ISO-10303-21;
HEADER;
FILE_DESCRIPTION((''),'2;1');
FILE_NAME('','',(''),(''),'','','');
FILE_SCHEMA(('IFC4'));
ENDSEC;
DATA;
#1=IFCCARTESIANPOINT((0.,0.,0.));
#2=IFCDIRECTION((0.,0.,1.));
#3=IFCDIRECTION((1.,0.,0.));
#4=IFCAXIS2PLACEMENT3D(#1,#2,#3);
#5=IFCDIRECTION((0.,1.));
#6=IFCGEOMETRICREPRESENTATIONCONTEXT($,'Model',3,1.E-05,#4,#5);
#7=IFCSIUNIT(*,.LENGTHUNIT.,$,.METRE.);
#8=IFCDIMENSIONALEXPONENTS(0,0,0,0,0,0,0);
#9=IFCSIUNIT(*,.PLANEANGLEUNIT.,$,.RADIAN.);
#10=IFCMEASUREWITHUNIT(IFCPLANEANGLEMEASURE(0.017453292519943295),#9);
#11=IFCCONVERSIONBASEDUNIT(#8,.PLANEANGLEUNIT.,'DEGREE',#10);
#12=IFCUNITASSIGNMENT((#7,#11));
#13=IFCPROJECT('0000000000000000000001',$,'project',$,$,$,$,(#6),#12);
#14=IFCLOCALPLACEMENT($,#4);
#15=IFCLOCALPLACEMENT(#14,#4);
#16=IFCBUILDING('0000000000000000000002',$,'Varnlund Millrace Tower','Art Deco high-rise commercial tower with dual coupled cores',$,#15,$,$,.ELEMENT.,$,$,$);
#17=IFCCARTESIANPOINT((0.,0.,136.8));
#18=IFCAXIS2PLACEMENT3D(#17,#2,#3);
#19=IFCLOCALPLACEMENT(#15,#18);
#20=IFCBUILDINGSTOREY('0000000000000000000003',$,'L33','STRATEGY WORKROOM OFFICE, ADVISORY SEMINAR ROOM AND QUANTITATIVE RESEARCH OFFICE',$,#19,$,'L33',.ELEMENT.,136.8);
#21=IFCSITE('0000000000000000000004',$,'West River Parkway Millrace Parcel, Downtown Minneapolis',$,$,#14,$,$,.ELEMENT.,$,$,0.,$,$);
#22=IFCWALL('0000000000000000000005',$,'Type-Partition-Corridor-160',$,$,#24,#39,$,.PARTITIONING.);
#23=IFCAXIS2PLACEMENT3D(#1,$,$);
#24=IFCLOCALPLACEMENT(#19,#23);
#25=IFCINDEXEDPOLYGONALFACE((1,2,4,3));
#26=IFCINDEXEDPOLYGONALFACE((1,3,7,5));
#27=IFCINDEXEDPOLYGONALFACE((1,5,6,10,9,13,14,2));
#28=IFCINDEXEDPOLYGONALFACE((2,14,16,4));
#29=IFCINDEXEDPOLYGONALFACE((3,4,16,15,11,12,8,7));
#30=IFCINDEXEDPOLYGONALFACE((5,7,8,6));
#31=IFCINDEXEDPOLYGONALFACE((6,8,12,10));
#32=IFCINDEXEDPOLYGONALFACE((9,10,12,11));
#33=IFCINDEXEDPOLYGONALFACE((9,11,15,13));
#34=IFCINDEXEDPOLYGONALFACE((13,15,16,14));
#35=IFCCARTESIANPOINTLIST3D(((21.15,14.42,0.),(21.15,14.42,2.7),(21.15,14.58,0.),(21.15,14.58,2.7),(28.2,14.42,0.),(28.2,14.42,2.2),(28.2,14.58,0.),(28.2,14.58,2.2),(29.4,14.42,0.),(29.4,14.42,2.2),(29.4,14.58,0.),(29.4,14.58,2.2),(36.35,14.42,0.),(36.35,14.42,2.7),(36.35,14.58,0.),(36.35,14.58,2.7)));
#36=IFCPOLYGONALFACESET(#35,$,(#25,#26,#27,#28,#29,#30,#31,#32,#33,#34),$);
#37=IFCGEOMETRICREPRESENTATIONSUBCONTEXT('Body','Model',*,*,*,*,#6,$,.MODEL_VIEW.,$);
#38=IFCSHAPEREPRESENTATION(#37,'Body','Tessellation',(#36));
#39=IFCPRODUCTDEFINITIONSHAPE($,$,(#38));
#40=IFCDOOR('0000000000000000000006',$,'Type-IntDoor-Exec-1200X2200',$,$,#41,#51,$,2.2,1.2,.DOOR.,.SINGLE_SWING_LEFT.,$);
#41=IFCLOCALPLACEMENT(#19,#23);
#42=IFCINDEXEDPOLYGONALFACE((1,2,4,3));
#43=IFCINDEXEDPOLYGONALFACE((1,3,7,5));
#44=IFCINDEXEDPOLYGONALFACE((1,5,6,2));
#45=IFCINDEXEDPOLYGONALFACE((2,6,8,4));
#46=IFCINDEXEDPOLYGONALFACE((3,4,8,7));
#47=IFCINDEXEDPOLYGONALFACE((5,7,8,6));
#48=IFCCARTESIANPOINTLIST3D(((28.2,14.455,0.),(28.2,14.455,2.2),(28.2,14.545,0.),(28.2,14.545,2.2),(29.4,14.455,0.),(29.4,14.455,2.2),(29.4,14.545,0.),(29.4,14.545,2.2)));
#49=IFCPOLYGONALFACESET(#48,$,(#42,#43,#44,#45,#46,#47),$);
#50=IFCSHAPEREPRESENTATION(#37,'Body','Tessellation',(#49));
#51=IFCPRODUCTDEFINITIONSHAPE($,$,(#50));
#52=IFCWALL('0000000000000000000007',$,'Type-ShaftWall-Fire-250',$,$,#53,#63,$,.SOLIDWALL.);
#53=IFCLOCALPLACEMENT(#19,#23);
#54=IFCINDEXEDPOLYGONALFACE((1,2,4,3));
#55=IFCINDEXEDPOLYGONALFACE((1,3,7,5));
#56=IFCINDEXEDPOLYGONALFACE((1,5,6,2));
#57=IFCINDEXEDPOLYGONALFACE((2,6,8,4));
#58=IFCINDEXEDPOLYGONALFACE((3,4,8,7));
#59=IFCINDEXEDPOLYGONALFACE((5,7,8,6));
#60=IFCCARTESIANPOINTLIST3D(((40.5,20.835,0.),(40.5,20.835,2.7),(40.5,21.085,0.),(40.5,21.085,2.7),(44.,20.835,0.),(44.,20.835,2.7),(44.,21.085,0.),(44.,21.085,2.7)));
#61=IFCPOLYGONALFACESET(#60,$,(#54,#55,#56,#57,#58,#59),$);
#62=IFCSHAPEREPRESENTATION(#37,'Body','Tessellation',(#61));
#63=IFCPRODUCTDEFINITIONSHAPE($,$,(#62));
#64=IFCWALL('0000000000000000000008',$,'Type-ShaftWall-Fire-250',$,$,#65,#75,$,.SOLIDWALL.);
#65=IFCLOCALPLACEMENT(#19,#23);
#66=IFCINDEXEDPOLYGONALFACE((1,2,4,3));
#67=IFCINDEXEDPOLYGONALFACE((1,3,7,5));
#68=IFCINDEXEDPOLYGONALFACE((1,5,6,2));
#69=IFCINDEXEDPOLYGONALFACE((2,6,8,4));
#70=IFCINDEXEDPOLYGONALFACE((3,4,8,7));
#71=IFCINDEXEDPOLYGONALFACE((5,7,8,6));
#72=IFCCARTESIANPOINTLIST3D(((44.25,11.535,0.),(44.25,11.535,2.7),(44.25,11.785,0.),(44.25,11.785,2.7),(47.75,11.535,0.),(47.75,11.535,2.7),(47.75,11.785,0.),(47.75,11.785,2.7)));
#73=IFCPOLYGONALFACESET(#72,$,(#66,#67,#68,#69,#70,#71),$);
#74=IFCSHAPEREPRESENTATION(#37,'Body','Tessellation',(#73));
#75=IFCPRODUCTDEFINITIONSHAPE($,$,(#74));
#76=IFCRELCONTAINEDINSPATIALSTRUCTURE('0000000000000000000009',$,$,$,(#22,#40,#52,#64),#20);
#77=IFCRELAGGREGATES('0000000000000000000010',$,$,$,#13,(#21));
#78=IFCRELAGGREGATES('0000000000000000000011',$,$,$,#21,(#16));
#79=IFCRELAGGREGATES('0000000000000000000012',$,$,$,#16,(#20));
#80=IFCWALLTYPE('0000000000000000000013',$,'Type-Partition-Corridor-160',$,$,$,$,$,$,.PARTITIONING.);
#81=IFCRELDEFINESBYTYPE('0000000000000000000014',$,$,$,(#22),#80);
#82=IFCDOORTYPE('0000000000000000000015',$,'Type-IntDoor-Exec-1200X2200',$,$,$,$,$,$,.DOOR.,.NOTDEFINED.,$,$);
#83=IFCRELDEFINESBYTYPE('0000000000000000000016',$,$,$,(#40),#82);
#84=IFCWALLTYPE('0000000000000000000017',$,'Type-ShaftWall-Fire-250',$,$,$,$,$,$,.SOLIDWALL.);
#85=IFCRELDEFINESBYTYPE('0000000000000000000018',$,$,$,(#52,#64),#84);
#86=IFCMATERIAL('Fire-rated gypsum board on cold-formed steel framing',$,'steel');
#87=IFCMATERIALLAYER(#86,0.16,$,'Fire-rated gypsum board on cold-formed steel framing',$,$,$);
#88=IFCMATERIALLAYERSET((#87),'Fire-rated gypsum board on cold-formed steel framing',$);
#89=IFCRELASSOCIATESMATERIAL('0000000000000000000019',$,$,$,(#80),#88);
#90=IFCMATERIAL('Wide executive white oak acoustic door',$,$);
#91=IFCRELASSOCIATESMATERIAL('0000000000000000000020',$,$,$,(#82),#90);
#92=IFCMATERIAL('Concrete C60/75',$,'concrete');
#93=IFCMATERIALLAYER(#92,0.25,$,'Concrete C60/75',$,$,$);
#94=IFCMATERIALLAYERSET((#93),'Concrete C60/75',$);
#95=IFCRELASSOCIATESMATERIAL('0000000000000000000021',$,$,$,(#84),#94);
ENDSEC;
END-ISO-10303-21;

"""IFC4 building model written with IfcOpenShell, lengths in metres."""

from ifc_helpers import new_model, entity, si_unit, converted_unit, direction, frame, origin_with_axes, origin_2d_with_axis, place, context, subcontext, project, spatial, polyline, rectangle, outline, extrude, material, layer, layer_set, type_object, element, fill, save


model = new_model("IFC4")

# Units and contexts
model_context = context("Model", 3, precision=1e-05, world=origin_with_axes(), true_north=direction((0.0, 1.0)))
body_context = subcontext(model_context, "Body", "Model", "MODEL_VIEW")
ifc_project = project(units=[si_unit("LENGTHUNIT", "METRE"), converted_unit("PLANEANGLEUNIT", "DEGREE", entity("IfcPlaneAngleMeasure", 0.017453292519943295), si_unit("PLANEANGLEUNIT", "RADIAN"), dimensions=[0, 0, 0, 0, 0, 0, 0])], contexts=[model_context])

# Site, building, storey
site_placement = place(None, origin_with_axes())
site = spatial("IfcSite", under=ifc_project, at=site_placement, Name="West River Parkway Millrace Parcel, Downtown Minneapolis", CompositionType="ELEMENT", RefElevation=0.0)
building_placement = place(site_placement, origin_with_axes())
building = spatial("IfcBuilding", under=site, at=building_placement, Name="Varnlund Millrace Tower", Description="Art Deco high-rise commercial tower with dual coupled cores", CompositionType="ELEMENT")
storey_placement = place(building_placement, frame((0.0, 0.0, 136.8), z_axis=(0.0, 0.0, 1.0), x_axis=(1.0, 0.0, 0.0)))
storey = spatial("IfcBuildingStorey", under=building, at=storey_placement, Name="L33", Description="STRATEGY WORKROOM OFFICE, ADVISORY SEMINAR ROOM AND QUANTITATIVE RESEARCH OFFICE", LongName="L33", CompositionType="ELEMENT", Elevation=136.8)

# Shared definitions
ifc_material_1 = material(Name="Fire-rated gypsum board on cold-formed steel framing", Category="steel")
ifc_layer_1 = layer(ifc_material_1, 0.16, Name="Fire-rated gypsum board on cold-formed steel framing")
ifc_layer_set_1 = layer_set([ifc_layer_1], Name="Fire-rated gypsum board on cold-formed steel framing")
wall_type_1 = type_object("IfcWallType", Name="Type-Partition-Corridor-160", PredefinedType="PARTITIONING", material=ifc_layer_set_1)

# Wall, opening, door
wall_1_placement = place(storey_placement, frame((21.15, 14.5, 0.0), z_axis=(0.0, 0.0, 1.0), x_axis=(1.0, 0.0, 0.0)))
wall_1 = element("IfcWall", 1, at=wall_1_placement, inside=storey, type_object=wall_type_1, Name="Type-Partition-Corridor-160", PredefinedType="PARTITIONING", context=body_context, shape_type="SweptSolid", body=[
    extrude(outline(polyline([(0.0, -0.08), (15.2, -0.08), (15.2, 0.08), (0.0, 0.08), (0.0, -0.08)])), origin_with_axes(), (0.0, 0.0, 1.0), 2.7),
])
opening_1_placement = place(wall_1_placement, frame((7.65, 0.0, 0.0), z_axis=(0.0, 0.0, 1.0), x_axis=(1.0, 0.0, 0.0)))
opening_1 = element("IfcOpeningElement", 2, at=opening_1_placement, cuts=wall_1, PredefinedType="OPENING", context=body_context, shape_type="SweptSolid", body=[
    extrude(rectangle(XDim=1.2, YDim=0.18, at=origin_2d_with_axis()), origin_with_axes(), (0.0, 0.0, 1.0), 2.2),
])
ifc_material_2 = material(Name="Wide executive white oak acoustic door")
door_type_1 = type_object("IfcDoorType", Name="Type-IntDoor-Exec-1200X2200", OperationType="NOTDEFINED", PredefinedType="DOOR", material=ifc_material_2)
door_1_placement = place(wall_1_placement, frame((7.65, 0.0, 0.0), z_axis=(0.0, 0.0, 1.0), x_axis=(1.0, 0.0, 0.0)))
door_1 = element("IfcDoor", 3, at=door_1_placement, inside=storey, type_object=door_type_1, Name="Type-IntDoor-Exec-1200X2200", OperationType="SINGLE_SWING_LEFT", OverallHeight=2.2, OverallWidth=1.2, PredefinedType="DOOR", context=body_context, shape_type="SweptSolid", body=[
    extrude(rectangle(XDim=1.2, YDim=0.09, at=origin_2d_with_axis()), origin_with_axes(), (0.0, 0.0, 1.0), 2.2),
])
fill(opening_1, door_1)

# Walls
ifc_material_3 = material(Name="Concrete C60/75", Category="concrete")
ifc_layer_2 = layer(ifc_material_3, 0.25, Name="Concrete C60/75")
ifc_layer_set_2 = layer_set([ifc_layer_2], Name="Concrete C60/75")
wall_type_2 = type_object("IfcWallType", Name="Type-ShaftWall-Fire-250", PredefinedType="SOLIDWALL", material=ifc_layer_set_2)
for number, where, z_axis, x_axis, name in (
    (4, (40.5, 20.96, 0.0), (0.0, 0.0, 1.0), (1.0, 0.0, 0.0), "Type-ShaftWall-Fire-250"),
    (5, (44.25, 11.66, 0.0), (0.0, 0.0, 1.0), (1.0, 0.0, 0.0), "Type-ShaftWall-Fire-250"),
):
    element("IfcWall", number, at=place(storey_placement, frame(where, z_axis=z_axis, x_axis=x_axis)), inside=storey, type_object=wall_type_2, Name=name, PredefinedType="SOLIDWALL", context=body_context, shape_type="SweptSolid", body=[
        extrude(outline(polyline([(0.0, -0.125), (3.5, -0.125), (3.5, 0.125), (0.0, 0.125), (0.0, -0.125)])), origin_with_axes(), (0.0, 0.0, 1.0), 2.7),
    ])

save(model, "model.ifc")
